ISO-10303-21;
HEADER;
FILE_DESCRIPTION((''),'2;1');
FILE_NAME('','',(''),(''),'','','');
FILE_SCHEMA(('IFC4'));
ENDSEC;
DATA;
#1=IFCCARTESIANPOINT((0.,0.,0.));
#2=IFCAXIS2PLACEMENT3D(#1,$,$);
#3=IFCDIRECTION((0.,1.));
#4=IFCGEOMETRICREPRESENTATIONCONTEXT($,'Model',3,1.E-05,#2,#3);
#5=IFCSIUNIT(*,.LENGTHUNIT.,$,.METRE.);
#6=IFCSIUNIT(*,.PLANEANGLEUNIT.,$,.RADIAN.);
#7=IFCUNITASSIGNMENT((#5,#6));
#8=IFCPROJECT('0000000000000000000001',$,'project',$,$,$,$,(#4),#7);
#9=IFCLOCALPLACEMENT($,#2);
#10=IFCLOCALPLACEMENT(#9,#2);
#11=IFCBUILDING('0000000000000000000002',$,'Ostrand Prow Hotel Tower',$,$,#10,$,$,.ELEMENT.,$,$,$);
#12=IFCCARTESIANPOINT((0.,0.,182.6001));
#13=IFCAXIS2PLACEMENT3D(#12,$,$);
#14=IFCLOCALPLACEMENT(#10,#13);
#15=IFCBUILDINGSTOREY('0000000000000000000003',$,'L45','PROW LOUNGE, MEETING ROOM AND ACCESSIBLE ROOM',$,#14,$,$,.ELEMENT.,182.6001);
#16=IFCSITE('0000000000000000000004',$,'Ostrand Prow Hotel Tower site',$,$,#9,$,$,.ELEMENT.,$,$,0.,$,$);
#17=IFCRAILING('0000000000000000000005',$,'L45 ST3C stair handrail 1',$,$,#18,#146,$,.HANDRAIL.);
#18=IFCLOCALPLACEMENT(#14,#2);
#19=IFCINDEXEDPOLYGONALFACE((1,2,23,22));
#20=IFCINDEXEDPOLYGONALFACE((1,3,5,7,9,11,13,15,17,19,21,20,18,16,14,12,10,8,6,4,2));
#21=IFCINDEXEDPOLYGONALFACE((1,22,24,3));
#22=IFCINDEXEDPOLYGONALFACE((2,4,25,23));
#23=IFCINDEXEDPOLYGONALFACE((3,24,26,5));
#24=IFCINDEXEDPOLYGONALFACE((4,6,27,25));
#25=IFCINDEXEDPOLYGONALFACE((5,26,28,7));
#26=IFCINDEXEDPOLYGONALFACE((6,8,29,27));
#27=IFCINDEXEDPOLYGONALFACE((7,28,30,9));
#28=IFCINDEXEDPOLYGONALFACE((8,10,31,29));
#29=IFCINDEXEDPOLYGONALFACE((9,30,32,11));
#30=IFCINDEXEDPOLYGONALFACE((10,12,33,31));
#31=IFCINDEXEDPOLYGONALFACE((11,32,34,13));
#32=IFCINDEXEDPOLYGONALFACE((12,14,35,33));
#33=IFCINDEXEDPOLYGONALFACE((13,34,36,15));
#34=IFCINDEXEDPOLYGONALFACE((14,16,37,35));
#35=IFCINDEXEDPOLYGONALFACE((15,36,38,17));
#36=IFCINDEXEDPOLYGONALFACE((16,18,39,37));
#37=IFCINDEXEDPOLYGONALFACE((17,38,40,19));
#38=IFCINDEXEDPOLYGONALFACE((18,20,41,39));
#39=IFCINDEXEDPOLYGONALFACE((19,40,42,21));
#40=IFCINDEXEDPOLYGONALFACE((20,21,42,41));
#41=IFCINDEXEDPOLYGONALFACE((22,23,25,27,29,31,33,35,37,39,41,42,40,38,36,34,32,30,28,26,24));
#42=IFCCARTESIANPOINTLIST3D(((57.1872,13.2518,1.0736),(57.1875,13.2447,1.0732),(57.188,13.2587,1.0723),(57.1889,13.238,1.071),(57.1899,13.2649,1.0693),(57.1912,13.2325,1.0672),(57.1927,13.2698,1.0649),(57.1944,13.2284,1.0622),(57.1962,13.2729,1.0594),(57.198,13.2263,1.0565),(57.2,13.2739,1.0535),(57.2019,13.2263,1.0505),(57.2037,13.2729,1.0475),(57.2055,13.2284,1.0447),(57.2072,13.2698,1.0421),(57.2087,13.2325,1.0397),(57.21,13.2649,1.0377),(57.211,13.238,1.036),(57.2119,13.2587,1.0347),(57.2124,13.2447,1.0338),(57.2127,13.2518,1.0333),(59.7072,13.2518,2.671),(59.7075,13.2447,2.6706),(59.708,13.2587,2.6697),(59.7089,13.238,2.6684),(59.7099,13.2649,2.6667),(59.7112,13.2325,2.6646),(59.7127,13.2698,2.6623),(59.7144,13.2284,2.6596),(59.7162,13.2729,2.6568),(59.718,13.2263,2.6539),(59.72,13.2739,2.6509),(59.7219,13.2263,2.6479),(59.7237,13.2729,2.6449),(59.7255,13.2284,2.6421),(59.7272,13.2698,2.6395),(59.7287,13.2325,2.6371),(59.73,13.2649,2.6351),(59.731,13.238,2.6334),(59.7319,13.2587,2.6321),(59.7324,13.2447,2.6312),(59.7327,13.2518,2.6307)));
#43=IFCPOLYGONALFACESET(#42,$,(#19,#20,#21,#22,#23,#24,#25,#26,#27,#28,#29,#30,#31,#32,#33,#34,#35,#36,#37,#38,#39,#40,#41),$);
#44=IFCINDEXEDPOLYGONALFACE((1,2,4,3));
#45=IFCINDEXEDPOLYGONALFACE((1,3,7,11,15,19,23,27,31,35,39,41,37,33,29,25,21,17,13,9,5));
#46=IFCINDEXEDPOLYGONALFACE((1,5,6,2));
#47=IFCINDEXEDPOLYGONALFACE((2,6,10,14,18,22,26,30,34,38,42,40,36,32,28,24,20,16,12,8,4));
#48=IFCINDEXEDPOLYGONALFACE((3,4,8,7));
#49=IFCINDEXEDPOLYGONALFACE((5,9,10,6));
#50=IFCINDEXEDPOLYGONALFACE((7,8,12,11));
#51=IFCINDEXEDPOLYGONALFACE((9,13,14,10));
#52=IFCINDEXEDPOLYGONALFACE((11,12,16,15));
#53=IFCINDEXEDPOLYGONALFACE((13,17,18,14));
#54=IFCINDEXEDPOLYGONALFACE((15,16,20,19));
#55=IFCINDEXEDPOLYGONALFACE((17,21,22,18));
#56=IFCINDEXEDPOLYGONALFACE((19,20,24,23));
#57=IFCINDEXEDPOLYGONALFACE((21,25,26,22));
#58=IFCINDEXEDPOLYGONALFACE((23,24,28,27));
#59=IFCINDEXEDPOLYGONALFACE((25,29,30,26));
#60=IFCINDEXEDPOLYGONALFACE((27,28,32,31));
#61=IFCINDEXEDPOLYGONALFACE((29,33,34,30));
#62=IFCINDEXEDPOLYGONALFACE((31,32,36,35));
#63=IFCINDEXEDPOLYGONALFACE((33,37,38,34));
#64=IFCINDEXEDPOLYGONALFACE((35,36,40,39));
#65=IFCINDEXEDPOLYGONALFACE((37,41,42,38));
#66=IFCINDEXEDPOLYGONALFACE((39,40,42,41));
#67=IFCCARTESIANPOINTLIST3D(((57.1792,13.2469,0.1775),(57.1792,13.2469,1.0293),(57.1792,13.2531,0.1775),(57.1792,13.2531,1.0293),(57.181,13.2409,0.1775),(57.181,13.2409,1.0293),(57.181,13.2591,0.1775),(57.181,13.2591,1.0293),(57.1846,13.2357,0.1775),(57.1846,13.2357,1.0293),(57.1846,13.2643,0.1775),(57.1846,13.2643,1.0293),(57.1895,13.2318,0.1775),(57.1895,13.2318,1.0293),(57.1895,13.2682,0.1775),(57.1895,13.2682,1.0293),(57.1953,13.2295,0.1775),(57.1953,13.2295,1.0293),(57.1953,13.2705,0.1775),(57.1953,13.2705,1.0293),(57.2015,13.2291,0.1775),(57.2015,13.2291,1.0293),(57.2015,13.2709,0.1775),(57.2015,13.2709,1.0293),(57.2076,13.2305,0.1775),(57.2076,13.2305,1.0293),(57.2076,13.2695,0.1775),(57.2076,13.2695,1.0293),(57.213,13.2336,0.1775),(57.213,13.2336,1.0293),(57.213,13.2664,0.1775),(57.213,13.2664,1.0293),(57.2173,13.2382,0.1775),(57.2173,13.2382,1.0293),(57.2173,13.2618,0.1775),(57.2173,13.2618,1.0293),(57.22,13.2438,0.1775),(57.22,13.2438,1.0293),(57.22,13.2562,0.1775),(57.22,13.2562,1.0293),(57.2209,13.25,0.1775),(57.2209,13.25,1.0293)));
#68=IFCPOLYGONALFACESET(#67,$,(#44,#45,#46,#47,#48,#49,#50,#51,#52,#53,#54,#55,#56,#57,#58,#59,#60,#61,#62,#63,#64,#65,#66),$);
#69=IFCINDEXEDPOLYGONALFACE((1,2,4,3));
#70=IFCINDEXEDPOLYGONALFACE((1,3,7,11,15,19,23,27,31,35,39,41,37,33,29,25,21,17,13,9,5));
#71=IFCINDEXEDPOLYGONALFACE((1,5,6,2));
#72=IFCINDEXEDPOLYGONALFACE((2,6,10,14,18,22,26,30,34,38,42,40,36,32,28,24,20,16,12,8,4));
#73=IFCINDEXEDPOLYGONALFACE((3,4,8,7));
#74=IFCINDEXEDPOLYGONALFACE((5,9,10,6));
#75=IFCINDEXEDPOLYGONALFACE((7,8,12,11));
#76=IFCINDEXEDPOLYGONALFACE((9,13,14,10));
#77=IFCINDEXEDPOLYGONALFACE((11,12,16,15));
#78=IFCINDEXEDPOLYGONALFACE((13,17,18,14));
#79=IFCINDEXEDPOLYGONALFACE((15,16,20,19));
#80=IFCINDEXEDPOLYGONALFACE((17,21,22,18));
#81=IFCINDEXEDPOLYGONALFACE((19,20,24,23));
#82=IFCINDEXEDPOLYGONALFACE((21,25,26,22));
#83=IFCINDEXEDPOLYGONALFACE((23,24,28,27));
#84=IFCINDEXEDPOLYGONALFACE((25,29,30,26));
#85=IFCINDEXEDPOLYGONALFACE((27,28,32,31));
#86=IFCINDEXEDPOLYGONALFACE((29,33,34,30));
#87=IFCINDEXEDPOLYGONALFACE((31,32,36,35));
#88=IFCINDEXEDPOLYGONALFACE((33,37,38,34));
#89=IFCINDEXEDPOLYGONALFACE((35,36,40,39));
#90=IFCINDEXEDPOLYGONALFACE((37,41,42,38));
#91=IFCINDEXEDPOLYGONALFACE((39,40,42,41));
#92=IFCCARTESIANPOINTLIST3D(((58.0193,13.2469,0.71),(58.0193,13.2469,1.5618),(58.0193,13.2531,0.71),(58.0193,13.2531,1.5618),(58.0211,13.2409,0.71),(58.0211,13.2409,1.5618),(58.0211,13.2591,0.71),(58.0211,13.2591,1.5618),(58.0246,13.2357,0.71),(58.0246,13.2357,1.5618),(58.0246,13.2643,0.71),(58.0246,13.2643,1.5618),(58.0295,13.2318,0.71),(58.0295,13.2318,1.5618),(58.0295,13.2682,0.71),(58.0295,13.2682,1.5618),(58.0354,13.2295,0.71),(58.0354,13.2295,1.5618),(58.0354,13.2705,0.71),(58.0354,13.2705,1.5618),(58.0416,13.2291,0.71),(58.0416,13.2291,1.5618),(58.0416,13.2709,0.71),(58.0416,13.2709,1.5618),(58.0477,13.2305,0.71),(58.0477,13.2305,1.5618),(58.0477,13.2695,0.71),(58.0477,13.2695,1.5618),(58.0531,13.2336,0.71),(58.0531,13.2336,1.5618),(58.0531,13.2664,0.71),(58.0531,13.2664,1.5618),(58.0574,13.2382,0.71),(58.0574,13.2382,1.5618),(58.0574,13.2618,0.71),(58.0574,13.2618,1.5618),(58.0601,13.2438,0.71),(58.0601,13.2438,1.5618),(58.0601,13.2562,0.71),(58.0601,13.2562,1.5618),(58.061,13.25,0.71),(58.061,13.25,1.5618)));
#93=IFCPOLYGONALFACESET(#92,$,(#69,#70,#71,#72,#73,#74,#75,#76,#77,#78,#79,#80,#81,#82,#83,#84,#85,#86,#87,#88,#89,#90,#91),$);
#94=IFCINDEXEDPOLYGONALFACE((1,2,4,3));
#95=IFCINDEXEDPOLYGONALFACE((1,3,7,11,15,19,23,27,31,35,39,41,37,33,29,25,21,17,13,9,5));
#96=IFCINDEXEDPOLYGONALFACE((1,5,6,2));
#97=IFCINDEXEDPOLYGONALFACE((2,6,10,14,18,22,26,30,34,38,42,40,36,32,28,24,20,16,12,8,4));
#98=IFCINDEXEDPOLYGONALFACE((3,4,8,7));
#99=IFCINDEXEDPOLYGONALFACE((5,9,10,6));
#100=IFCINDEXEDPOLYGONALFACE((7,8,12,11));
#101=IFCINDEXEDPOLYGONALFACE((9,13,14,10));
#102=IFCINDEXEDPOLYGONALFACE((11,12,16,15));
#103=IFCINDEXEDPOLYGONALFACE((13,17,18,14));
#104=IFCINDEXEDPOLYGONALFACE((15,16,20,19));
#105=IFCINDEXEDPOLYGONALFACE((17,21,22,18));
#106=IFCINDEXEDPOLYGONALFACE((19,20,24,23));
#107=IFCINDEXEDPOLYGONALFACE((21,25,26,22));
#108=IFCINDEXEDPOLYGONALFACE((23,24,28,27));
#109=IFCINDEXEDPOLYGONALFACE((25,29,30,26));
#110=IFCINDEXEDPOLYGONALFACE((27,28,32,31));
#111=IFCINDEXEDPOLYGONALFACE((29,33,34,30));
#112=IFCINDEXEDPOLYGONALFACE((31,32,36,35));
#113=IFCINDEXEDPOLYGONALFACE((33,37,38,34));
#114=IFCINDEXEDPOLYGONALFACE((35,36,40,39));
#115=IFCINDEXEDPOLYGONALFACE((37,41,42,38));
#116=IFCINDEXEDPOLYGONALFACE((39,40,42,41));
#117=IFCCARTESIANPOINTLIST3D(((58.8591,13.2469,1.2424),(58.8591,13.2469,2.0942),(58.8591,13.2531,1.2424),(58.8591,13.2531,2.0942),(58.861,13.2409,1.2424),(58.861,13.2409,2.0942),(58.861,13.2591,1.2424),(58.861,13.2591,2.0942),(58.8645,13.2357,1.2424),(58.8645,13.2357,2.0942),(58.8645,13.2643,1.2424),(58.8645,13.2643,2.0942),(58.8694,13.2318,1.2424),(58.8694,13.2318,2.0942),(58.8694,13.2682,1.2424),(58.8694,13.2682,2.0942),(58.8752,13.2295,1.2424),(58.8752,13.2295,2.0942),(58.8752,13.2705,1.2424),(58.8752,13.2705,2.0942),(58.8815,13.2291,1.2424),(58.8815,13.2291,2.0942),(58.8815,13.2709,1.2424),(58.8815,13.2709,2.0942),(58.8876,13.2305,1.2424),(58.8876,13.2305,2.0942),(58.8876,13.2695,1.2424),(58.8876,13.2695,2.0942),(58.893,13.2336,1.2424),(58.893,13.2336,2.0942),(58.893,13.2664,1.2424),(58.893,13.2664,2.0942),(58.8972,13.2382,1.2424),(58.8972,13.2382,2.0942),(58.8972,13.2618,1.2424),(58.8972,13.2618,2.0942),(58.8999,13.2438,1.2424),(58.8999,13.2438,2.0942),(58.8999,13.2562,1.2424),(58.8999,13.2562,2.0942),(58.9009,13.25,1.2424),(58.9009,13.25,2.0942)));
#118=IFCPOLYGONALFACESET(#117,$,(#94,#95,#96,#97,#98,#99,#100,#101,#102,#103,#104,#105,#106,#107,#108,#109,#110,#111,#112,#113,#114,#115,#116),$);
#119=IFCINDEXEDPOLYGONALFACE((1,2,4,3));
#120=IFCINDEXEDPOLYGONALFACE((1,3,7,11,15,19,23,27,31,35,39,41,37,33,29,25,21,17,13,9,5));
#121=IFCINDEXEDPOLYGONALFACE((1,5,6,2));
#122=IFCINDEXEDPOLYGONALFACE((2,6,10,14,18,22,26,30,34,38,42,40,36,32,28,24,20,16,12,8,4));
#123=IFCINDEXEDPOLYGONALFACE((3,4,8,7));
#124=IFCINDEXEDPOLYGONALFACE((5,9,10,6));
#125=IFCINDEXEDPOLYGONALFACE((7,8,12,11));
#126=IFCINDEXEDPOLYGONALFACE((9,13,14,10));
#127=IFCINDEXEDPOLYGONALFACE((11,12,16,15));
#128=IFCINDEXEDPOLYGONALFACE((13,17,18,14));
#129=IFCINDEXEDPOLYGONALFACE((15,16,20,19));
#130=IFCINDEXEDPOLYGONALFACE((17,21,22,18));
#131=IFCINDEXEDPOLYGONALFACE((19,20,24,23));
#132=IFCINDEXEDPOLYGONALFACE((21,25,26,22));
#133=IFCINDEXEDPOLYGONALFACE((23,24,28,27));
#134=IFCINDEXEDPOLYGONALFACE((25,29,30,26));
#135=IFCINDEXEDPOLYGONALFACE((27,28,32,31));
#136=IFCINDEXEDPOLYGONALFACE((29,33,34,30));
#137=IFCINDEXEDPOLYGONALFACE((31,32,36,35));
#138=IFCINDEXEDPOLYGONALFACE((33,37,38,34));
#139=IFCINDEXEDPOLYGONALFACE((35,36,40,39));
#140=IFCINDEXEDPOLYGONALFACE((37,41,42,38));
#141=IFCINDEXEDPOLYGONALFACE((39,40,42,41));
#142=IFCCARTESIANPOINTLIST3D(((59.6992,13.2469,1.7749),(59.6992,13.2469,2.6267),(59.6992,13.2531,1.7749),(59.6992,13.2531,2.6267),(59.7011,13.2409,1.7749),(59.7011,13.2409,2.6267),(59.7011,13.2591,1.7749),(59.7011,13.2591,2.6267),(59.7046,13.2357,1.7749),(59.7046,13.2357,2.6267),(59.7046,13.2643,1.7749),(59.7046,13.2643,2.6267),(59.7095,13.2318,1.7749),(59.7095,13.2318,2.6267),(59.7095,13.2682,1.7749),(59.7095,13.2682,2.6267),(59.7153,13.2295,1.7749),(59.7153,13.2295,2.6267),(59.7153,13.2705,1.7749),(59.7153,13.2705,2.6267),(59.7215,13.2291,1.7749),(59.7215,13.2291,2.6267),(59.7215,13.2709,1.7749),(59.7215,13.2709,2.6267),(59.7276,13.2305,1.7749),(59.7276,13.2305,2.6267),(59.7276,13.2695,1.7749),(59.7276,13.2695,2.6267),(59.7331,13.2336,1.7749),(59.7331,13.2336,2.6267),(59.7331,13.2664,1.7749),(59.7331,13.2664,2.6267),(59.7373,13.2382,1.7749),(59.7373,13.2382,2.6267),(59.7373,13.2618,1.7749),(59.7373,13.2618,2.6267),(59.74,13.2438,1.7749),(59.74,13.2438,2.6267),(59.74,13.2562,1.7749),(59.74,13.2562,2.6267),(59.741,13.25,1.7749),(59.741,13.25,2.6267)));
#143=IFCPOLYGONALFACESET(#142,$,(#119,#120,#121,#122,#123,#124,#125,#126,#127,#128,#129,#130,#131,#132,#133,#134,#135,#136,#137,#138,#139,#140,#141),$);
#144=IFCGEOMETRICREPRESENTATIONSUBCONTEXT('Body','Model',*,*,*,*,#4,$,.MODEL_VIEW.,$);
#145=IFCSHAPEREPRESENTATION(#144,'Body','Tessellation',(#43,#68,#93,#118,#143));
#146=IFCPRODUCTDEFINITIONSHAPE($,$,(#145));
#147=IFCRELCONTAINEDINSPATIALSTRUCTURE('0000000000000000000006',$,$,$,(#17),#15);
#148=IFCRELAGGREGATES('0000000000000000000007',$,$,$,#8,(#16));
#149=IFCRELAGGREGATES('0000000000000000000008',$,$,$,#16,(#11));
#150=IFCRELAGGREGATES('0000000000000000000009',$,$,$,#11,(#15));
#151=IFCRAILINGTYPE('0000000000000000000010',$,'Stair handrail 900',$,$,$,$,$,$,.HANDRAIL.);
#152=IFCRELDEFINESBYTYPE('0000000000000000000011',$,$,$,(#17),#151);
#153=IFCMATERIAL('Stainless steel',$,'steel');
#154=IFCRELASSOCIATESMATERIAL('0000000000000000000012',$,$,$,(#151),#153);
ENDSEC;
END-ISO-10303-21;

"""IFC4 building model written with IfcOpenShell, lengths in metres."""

from ifc_helpers import new_model, si_unit, direction, frame, origin, origin_2d, place, context, subcontext, project, spatial, circle, extrude, material, type_object, element, save


model = new_model("IFC4")

# Units and contexts
model_context = context("Model", 3, precision=1e-05, world=origin(), true_north=direction((0.0, 1.0)))
body_context = subcontext(model_context, "Body", "Model", "MODEL_VIEW")
ifc_project = project(units=[si_unit("LENGTHUNIT", "METRE"), si_unit("PLANEANGLEUNIT", "RADIAN")], contexts=[model_context])

# Site, building, storey
site_placement = place(None, origin())
site = spatial("IfcSite", under=ifc_project, at=site_placement, Name="Ostrand Prow Hotel Tower site", CompositionType="ELEMENT", RefElevation=0.0)
building_placement = place(site_placement, origin())
building = spatial("IfcBuilding", under=site, at=building_placement, Name="Ostrand Prow Hotel Tower", CompositionType="ELEMENT")
storey_placement = place(building_placement, frame((0.0, 0.0, 182.6001)))
storey = spatial("IfcBuildingStorey", under=building, at=storey_placement, Name="L45", Description="PROW LOUNGE, MEETING ROOM AND ACCESSIBLE ROOM", CompositionType="ELEMENT", Elevation=182.6001)

# Railing
ifc_material_1 = material(Name="Stainless steel", Category="steel")
railing_type_1 = type_object("IfcRailingType", Name="Stair handrail 900", PredefinedType="HANDRAIL", material=ifc_material_1)
railing_1_placement = place(storey_placement, frame((57.2, 13.25, 0.1775)))
element("IfcRailing", 1, at=railing_1_placement, inside=storey, type_object=railing_type_1, Name="L45 ST3C stair handrail 1", PredefinedType="HANDRAIL", context=body_context, shape_type="SweptSolid", body=[
    extrude(circle(Radius=0.0239, at=origin_2d()), frame((0.0, 0.0, 0.876), z_axis=(0.844607, 0.0, 0.535387), x_axis=(0.0, 1.0, 0.0)), (0.0, 0.0, 1.0), 2.9836),
    extrude(circle(Radius=0.021, at=origin_2d()), origin(), (0.0, 0.0, 1.0), 0.8518),
    extrude(circle(Radius=0.021, at=origin_2d()), frame((0.8401, 0.0, 0.5325)), (0.0, 0.0, 1.0), 0.8518),
    extrude(circle(Radius=0.021, at=origin_2d()), frame((1.6799, 0.0, 1.0649)), (0.0, 0.0, 1.0), 0.8518),
    extrude(circle(Radius=0.021, at=origin_2d()), frame((2.52, 0.0, 1.5974)), (0.0, 0.0, 1.0), 0.8518),
])

save(model, "model.ifc")
